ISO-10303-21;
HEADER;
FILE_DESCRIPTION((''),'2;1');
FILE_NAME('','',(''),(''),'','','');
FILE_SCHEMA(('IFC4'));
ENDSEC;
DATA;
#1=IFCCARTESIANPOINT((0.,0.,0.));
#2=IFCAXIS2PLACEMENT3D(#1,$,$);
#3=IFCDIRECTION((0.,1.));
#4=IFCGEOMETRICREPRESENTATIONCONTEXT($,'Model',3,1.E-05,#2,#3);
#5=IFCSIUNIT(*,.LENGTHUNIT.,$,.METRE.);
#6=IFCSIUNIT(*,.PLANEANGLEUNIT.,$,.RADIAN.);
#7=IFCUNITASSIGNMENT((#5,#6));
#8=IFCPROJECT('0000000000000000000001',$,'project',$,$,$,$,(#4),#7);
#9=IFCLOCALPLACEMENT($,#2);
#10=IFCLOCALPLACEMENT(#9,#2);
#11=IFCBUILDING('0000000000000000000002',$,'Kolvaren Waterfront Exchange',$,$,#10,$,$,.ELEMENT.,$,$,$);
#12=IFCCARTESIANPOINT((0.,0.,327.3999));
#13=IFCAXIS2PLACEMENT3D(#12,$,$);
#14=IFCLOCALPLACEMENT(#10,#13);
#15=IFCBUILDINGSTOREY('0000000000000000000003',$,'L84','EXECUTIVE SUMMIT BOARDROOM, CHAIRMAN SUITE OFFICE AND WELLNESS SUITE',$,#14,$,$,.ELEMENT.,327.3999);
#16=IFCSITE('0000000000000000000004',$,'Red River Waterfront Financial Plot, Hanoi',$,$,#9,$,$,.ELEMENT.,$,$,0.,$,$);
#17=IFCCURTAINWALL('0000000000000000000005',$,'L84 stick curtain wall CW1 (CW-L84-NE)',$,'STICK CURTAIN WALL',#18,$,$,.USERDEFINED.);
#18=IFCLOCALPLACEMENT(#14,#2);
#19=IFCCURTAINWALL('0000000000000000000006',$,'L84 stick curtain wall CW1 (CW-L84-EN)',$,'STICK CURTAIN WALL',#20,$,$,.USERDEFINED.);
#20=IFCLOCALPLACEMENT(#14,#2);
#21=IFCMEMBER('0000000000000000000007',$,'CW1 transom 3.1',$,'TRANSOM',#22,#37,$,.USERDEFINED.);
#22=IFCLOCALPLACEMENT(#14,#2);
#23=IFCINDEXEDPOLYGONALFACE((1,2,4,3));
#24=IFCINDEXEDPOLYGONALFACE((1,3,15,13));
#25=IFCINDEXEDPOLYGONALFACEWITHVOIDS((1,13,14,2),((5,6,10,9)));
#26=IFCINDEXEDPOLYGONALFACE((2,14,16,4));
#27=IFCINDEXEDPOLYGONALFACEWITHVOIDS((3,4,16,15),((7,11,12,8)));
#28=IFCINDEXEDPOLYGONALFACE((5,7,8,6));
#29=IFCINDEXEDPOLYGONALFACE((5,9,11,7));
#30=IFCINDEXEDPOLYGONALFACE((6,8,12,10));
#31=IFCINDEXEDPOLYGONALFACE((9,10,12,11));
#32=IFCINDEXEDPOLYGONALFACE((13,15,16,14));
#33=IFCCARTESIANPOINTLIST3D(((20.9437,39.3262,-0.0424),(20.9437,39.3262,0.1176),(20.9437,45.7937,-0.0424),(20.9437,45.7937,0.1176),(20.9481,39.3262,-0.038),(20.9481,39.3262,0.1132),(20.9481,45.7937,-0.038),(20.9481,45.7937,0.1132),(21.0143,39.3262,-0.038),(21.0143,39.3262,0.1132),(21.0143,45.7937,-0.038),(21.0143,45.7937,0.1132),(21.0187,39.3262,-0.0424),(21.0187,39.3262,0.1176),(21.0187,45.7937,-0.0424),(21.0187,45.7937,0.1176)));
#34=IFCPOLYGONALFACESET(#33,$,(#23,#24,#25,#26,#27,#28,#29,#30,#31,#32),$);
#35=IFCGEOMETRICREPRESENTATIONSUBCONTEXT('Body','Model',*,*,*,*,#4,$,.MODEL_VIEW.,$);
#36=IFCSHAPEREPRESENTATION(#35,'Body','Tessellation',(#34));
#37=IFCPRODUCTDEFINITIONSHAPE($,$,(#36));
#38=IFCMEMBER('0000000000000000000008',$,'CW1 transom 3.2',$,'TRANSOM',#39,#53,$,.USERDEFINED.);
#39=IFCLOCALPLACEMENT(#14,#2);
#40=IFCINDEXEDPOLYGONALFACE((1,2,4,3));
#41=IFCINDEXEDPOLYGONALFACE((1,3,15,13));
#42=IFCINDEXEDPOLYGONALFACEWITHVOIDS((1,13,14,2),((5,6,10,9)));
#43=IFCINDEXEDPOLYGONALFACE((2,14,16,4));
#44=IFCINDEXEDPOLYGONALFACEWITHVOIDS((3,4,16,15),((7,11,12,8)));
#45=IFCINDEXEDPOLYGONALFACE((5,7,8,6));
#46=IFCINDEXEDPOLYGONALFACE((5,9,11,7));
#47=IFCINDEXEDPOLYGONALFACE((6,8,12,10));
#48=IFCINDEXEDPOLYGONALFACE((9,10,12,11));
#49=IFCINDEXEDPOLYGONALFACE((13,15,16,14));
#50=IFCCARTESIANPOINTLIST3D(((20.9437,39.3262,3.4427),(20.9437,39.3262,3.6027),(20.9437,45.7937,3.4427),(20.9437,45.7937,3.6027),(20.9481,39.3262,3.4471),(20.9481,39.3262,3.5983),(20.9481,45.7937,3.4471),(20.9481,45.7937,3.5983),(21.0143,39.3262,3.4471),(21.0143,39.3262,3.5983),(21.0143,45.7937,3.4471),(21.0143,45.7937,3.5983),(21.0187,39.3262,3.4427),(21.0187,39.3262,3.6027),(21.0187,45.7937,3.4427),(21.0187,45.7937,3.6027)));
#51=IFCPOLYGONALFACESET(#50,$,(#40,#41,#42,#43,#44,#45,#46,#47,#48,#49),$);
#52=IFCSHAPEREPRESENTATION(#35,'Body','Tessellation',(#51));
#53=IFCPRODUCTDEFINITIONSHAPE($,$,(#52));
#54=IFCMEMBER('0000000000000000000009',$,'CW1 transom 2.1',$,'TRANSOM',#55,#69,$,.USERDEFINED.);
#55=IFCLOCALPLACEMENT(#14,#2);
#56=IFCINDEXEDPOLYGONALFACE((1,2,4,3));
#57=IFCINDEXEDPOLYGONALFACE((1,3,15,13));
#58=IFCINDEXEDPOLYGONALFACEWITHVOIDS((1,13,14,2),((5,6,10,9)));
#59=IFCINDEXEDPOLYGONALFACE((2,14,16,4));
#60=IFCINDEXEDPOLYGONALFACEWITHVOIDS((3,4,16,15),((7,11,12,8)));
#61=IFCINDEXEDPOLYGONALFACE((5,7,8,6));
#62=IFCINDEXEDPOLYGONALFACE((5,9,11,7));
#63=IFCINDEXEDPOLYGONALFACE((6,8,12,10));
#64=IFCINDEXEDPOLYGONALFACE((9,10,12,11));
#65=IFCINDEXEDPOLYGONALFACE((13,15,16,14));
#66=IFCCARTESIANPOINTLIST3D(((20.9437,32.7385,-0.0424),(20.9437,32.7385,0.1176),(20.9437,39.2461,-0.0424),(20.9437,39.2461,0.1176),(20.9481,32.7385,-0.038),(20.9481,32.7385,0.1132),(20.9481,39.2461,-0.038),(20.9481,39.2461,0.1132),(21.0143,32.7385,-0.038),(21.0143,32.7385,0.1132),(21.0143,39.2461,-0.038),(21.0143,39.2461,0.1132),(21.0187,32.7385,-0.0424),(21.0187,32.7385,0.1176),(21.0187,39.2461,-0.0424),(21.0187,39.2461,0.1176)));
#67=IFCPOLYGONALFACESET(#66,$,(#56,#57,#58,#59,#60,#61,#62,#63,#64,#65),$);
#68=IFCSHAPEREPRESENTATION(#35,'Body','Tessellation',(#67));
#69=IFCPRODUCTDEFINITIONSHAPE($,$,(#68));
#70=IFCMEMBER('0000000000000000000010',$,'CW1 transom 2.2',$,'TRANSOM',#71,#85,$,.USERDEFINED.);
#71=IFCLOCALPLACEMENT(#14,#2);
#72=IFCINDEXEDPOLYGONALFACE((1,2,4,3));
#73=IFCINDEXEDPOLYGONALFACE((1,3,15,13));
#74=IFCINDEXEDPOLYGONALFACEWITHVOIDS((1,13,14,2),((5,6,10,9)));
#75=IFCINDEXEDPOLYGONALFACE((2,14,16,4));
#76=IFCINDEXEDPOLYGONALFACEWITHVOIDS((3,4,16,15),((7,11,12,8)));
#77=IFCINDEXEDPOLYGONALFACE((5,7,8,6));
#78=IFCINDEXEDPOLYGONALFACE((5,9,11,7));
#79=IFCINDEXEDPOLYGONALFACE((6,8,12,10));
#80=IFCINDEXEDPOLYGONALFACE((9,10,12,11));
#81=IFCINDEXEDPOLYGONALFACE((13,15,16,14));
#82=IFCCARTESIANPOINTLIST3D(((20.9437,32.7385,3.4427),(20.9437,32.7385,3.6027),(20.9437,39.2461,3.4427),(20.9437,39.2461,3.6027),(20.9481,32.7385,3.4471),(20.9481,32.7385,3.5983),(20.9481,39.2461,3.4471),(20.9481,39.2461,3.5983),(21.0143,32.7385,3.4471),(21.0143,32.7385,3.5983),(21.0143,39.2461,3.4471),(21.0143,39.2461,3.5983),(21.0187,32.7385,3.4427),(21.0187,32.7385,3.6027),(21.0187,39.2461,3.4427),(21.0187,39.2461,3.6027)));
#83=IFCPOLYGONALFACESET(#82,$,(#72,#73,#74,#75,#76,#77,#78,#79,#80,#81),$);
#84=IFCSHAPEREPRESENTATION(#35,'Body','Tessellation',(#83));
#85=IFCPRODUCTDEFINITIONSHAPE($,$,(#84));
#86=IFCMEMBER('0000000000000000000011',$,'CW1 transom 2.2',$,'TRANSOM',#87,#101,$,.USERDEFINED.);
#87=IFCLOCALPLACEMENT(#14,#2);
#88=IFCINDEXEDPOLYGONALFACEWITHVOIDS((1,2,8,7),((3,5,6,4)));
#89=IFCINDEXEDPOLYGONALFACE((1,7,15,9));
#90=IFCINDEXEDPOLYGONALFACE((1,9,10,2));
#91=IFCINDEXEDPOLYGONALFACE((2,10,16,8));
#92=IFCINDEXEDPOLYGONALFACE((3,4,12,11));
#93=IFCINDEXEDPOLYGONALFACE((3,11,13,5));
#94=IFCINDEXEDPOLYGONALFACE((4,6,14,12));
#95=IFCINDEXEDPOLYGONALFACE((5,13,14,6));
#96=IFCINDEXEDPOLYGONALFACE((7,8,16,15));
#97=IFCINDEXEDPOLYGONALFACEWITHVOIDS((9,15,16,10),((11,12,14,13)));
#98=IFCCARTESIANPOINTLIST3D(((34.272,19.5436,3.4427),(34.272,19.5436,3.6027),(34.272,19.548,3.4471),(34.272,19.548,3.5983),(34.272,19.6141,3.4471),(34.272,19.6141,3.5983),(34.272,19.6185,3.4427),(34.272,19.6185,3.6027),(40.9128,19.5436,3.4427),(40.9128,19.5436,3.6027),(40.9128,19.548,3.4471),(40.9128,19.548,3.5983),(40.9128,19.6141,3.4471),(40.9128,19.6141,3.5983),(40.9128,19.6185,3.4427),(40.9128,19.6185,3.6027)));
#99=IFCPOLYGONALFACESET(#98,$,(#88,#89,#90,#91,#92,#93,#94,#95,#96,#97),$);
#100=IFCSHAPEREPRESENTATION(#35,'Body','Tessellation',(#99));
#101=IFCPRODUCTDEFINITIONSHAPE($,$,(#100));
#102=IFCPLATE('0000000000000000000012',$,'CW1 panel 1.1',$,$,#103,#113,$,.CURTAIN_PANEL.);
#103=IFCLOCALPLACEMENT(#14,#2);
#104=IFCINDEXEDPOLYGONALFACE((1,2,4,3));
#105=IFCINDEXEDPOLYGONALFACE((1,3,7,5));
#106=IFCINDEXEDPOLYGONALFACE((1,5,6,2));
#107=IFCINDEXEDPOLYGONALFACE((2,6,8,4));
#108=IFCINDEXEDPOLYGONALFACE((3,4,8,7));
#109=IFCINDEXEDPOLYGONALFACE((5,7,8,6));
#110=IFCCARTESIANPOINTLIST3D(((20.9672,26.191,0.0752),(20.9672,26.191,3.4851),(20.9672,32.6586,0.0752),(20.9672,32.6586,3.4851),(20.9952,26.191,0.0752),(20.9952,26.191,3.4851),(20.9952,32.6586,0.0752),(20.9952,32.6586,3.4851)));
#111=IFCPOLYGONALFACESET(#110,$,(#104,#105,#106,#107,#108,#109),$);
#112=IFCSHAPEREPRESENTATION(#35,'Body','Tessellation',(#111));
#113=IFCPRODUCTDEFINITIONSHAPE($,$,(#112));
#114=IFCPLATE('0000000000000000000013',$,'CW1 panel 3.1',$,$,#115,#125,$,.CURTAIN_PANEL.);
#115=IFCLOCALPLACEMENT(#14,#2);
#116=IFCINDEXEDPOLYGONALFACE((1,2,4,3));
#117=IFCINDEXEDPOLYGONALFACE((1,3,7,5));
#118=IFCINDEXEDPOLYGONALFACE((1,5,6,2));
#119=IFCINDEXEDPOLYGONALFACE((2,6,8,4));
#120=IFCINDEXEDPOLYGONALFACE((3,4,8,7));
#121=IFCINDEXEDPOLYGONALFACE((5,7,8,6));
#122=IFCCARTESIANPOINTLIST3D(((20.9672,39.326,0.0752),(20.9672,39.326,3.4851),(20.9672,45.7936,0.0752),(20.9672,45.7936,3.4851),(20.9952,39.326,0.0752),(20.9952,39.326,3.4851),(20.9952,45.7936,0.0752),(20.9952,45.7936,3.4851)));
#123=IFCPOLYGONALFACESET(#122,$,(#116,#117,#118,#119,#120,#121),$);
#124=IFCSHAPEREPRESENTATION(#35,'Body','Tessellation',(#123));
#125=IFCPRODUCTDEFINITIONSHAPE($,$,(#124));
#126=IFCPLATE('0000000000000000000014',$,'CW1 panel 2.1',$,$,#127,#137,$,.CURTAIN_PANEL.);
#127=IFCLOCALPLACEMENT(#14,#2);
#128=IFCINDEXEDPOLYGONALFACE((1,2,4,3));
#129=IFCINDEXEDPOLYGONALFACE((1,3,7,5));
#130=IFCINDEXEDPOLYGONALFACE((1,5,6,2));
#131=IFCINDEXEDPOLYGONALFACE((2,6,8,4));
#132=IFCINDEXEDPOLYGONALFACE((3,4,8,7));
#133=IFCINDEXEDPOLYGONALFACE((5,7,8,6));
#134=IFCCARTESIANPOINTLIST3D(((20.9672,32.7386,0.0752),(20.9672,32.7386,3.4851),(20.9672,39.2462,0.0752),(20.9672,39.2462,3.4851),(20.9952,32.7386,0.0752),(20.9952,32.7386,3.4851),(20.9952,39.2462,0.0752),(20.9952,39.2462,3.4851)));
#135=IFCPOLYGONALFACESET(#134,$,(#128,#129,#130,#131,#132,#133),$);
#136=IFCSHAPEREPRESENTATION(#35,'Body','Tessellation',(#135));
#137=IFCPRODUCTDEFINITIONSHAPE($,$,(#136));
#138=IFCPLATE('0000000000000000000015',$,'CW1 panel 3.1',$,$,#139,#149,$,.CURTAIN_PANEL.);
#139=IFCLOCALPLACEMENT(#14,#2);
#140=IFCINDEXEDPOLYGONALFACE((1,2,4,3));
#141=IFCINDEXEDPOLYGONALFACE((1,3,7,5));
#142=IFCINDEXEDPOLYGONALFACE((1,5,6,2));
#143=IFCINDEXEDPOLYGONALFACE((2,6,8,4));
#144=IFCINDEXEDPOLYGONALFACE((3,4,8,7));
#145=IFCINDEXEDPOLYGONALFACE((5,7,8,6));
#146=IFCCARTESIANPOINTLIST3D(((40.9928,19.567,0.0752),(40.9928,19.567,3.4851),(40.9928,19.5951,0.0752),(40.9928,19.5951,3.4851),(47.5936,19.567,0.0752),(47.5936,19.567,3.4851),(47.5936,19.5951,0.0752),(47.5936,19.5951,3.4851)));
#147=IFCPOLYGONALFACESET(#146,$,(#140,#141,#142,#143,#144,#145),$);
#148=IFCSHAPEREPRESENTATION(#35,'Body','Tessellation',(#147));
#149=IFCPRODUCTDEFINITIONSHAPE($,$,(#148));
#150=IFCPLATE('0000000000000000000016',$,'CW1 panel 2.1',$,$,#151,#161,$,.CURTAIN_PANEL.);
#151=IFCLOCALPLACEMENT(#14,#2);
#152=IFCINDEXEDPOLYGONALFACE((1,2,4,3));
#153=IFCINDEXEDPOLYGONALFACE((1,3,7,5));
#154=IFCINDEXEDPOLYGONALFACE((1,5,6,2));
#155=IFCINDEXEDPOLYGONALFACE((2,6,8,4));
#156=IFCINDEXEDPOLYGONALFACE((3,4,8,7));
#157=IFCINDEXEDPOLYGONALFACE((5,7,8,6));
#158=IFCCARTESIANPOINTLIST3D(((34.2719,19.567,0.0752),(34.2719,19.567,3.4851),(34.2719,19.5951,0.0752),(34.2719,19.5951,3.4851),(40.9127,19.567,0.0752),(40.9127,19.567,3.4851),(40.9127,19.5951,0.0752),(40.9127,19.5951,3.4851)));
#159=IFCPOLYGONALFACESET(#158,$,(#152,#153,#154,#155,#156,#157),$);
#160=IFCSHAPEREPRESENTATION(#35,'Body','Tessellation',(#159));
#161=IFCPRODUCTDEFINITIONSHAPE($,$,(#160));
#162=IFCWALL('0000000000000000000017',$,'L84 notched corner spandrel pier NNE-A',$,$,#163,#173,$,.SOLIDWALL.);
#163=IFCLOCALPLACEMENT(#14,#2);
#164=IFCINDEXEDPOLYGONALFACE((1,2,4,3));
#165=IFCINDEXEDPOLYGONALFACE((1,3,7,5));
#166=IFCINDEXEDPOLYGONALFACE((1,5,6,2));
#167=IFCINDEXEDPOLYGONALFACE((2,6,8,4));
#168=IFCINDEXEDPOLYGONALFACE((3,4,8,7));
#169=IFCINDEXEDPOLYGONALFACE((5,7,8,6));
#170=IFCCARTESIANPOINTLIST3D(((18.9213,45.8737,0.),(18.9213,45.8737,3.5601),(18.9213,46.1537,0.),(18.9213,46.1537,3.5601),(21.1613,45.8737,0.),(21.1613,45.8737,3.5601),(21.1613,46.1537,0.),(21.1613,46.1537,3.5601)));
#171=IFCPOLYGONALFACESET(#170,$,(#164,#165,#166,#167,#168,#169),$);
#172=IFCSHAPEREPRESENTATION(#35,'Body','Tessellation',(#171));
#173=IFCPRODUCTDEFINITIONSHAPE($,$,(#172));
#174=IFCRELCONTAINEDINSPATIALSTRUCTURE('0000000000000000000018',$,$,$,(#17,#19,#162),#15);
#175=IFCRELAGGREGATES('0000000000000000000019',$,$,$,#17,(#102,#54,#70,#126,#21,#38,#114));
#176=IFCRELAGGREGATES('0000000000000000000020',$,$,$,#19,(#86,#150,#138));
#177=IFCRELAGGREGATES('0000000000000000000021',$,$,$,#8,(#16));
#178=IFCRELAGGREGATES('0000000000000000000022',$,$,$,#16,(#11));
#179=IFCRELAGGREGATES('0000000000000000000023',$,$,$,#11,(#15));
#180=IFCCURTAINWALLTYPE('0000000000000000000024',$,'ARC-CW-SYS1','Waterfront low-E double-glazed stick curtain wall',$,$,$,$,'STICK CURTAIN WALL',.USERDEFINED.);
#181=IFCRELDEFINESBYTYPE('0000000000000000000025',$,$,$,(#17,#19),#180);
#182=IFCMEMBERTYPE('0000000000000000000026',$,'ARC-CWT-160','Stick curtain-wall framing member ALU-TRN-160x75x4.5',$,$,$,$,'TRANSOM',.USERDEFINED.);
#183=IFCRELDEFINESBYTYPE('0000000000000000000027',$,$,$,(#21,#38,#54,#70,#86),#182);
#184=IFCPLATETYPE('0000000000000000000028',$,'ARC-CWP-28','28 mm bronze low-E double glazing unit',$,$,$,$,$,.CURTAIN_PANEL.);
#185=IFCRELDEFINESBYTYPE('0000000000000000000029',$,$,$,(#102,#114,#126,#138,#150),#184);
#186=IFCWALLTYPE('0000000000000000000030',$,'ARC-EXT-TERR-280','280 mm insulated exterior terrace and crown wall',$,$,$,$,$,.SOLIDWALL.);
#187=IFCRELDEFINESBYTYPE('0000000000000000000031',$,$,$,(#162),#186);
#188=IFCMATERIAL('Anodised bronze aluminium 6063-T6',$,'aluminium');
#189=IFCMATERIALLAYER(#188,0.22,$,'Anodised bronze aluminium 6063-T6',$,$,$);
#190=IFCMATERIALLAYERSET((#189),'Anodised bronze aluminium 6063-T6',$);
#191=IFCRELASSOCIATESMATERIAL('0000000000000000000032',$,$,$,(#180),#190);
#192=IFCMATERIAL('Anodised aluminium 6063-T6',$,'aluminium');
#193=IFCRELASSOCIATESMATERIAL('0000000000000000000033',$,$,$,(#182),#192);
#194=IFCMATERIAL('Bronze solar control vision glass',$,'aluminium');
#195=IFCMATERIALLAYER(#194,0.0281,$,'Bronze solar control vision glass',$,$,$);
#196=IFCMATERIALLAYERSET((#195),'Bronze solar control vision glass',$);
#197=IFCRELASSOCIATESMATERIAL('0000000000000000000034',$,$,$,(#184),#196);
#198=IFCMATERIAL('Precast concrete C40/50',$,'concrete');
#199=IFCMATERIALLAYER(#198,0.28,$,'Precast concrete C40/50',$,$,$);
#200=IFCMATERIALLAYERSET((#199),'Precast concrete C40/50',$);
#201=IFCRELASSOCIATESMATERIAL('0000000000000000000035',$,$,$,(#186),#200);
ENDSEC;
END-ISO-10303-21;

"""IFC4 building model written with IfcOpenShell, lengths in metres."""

from ifc_helpers import new_model, si_unit, direction, frame, frame_2d, origin, origin_with_axes, origin_2d, place, context, subcontext, project, spatial, rectangle, hollow_rectangle, extrude, source, transform, mapped, material, layer, layer_set, material_profile, profile_set, type_object, element, aggregate, save


model = new_model("IFC4")

# Units and contexts
model_context = context("Model", 3, precision=1e-05, world=origin(), true_north=direction((0.0, 1.0)))
body_context = subcontext(model_context, "Body", "Model", "MODEL_VIEW")
ifc_project = project(units=[si_unit("LENGTHUNIT", "METRE"), si_unit("PLANEANGLEUNIT", "RADIAN")], contexts=[model_context])

# Site, building, storey
site_placement = place(None, origin())
site = spatial("IfcSite", under=ifc_project, at=site_placement, Name="Red River Waterfront Financial Plot, Hanoi", CompositionType="ELEMENT", RefElevation=0.0)
building_placement = place(site_placement, origin())
building = spatial("IfcBuilding", under=site, at=building_placement, Name="Kolvaren Waterfront Exchange", CompositionType="ELEMENT")
storey_placement = place(building_placement, frame((0.0, 0.0, 327.3999)))
storey = spatial("IfcBuildingStorey", under=building, at=storey_placement, Name="L84", Description="EXECUTIVE SUMMIT BOARDROOM, CHAIRMAN SUITE OFFICE AND WELLNESS SUITE", CompositionType="ELEMENT", Elevation=327.3999)

# Curtain walls
ifc_material_1 = material(Name="Anodised bronze aluminium 6063-T6", Category="aluminium")
ifc_layer_1 = layer(ifc_material_1, 0.22, Name="Anodised bronze aluminium 6063-T6")
ifc_layer_set_1 = layer_set([ifc_layer_1], Name="Anodised bronze aluminium 6063-T6")
curtain_wall_type = type_object("IfcCurtainWallType", Name="ARC-CW-SYS1", Description="Waterfront low-E double-glazed stick curtain wall", ElementType="STICK CURTAIN WALL", PredefinedType="USERDEFINED", material=ifc_layer_set_1)
curtain_wall_1_placement = place(storey_placement, origin())
curtain_wall_1 = element("IfcCurtainWall", 1, at=curtain_wall_1_placement, inside=storey, type_object=curtain_wall_type, Name="L84 stick curtain wall CW1 (CW-L84-NE)", ObjectType="STICK CURTAIN WALL", PredefinedType="USERDEFINED")
ifc_material_2 = material(Name="Anodised aluminium 6063-T6", Category="aluminium")
curtain_wall_2_placement = place(storey_placement, origin())
curtain_wall_2 = element("IfcCurtainWall", 2, at=curtain_wall_2_placement, inside=storey, type_object=curtain_wall_type, Name="L84 stick curtain wall CW1 (CW-L84-EN)", ObjectType="STICK CURTAIN WALL", PredefinedType="USERDEFINED")
ifc_material_profile_1 = material_profile(ifc_material_2, hollow_rectangle(XDim=0.075, YDim=0.1599, WallThickness=0.0044, at=origin_2d()), Name="ALU-TRN-160x75x4.5")
ifc_profile_set_1 = profile_set([ifc_material_profile_1], Name="Anodised aluminium 6063-T6")
member_type_1 = type_object("IfcMemberType", Name="ARC-CWT-160", Description="Stick curtain-wall framing member ALU-TRN-160x75x4.5", ElementType="TRANSOM", PredefinedType="USERDEFINED", material=ifc_profile_set_1)

# Members
shared_shape_1 = source(origin_with_axes(), body_context, "Body", "SweptSolid", [
    extrude(hollow_rectangle(XDim=0.075, YDim=0.1599, WallThickness=0.0044, at=origin_2d()), origin(), (0.0, 0.0, 1.0), 6.4675),
])
member_1_placement = place(storey_placement, frame((20.9812, 39.3262, 0.0376), z_axis=(0.0, 1.0, 0.0), x_axis=(-1.0, 0.0, 0.0)))
member_1 = element("IfcMember", 3, at=member_1_placement, type_object=member_type_1, Name="CW1 transom 3.1", ObjectType="TRANSOM", PredefinedType="USERDEFINED", context=body_context, shape_type="MappedRepresentation", body=[
    mapped(shared_shape_1, transform((0.0, 0.0, 0.0), x_axis=(1.0, 0.0, 0.0), y_axis=(0.0, 1.0, 0.0), z_axis=(0.0, 0.0, 1.0), scale=1.0)),
])
member_2_placement = place(storey_placement, frame((20.9812, 39.3262, 3.5227), z_axis=(0.0, 1.0, 0.0), x_axis=(-1.0, 0.0, 0.0)))
member_2 = element("IfcMember", 4, at=member_2_placement, type_object=member_type_1, Name="CW1 transom 3.2", ObjectType="TRANSOM", PredefinedType="USERDEFINED", context=body_context, shape_type="MappedRepresentation", body=[
    mapped(shared_shape_1, transform((0.0, 0.0, 0.0), x_axis=(1.0, 0.0, 0.0), y_axis=(0.0, 1.0, 0.0), z_axis=(0.0, 0.0, 1.0), scale=1.0)),
])
shared_shape_2 = source(origin_with_axes(), body_context, "Body", "SweptSolid", [
    extrude(hollow_rectangle(XDim=0.075, YDim=0.1599, WallThickness=0.0044, at=origin_2d()), origin(), (0.0, 0.0, 1.0), 6.5076),
])
member_3_placement = place(storey_placement, frame((20.9812, 32.7385, 0.0376), z_axis=(0.0, 1.0, 0.0), x_axis=(-1.0, 0.0, 0.0)))
member_3 = element("IfcMember", 5, at=member_3_placement, type_object=member_type_1, Name="CW1 transom 2.1", ObjectType="TRANSOM", PredefinedType="USERDEFINED", context=body_context, shape_type="MappedRepresentation", body=[
    mapped(shared_shape_2, transform((0.0, 0.0, 0.0), x_axis=(1.0, 0.0, 0.0), y_axis=(0.0, 1.0, 0.0), z_axis=(0.0, 0.0, 1.0), scale=1.0)),
])
member_4_placement = place(storey_placement, frame((20.9812, 32.7385, 3.5227), z_axis=(0.0, 1.0, 0.0), x_axis=(-1.0, 0.0, 0.0)))
member_4 = element("IfcMember", 6, at=member_4_placement, type_object=member_type_1, Name="CW1 transom 2.2", ObjectType="TRANSOM", PredefinedType="USERDEFINED", context=body_context, shape_type="MappedRepresentation", body=[
    mapped(shared_shape_2, transform((0.0, 0.0, 0.0), x_axis=(1.0, 0.0, 0.0), y_axis=(0.0, 1.0, 0.0), z_axis=(0.0, 0.0, 1.0), scale=1.0)),
])
shared_shape_3 = source(origin_with_axes(), body_context, "Body", "SweptSolid", [
    extrude(hollow_rectangle(XDim=0.075, YDim=0.1599, WallThickness=0.0044, at=origin_2d()), origin(), (0.0, 0.0, 1.0), 6.6409),
])
member_5_placement = place(storey_placement, frame((34.272, 19.5811, 3.5227), z_axis=(1.0, 0.0, 0.0), x_axis=(0.0, 1.0, 0.0)))
member_5 = element("IfcMember", 7, at=member_5_placement, type_object=member_type_1, Name="CW1 transom 2.2", ObjectType="TRANSOM", PredefinedType="USERDEFINED", context=body_context, shape_type="MappedRepresentation", body=[
    mapped(shared_shape_3, transform((0.0, 0.0, 0.0), x_axis=(1.0, 0.0, 0.0), y_axis=(0.0, 1.0, 0.0), z_axis=(0.0, 0.0, 1.0), scale=1.0)),
])

# Plates
ifc_material_3 = material(Name="Bronze solar control vision glass", Category="aluminium")
ifc_layer_2 = layer(ifc_material_3, 0.0281, Name="Bronze solar control vision glass")
ifc_layer_set_2 = layer_set([ifc_layer_2], Name="Bronze solar control vision glass")
plate_type = type_object("IfcPlateType", Name="ARC-CWP-28", Description="28 mm bronze low-E double glazing unit", PredefinedType="CURTAIN_PANEL", material=ifc_layer_set_2)
shared_shape_4 = source(origin_with_axes(), body_context, "Body", "SweptSolid", [
    extrude(rectangle(XDim=6.4675, YDim=0.0281, at=origin_2d()), origin(), (0.0, 0.0, 1.0), 3.4099),
])
plate_1_placement = place(storey_placement, frame((20.9812, 29.4248, 0.0752), z_axis=(0.0, 0.0, 1.0), x_axis=(0.0, 1.0, 0.0)))
plate_1 = element("IfcPlate", 8, at=plate_1_placement, type_object=plate_type, Name="CW1 panel 1.1", PredefinedType="CURTAIN_PANEL", context=body_context, shape_type="MappedRepresentation", body=[
    mapped(shared_shape_4, transform((0.0, 0.0, 0.0), x_axis=(1.0, 0.0, 0.0), y_axis=(0.0, 1.0, 0.0), z_axis=(0.0, 0.0, 1.0), scale=1.0)),
])
plate_2_placement = place(storey_placement, frame((20.9812, 42.5598, 0.0752), z_axis=(0.0, 0.0, 1.0), x_axis=(0.0, 1.0, 0.0)))
plate_2 = element("IfcPlate", 9, at=plate_2_placement, type_object=plate_type, Name="CW1 panel 3.1", PredefinedType="CURTAIN_PANEL", context=body_context, shape_type="MappedRepresentation", body=[
    mapped(shared_shape_4, transform((0.0, 0.0, 0.0), x_axis=(1.0, 0.0, 0.0), y_axis=(0.0, 1.0, 0.0), z_axis=(0.0, 0.0, 1.0), scale=1.0)),
])
shared_shape_5 = source(origin_with_axes(), body_context, "Body", "SweptSolid", [
    extrude(rectangle(XDim=6.5076, YDim=0.0281, at=origin_2d()), origin(), (0.0, 0.0, 1.0), 3.4099),
])
plate_3_placement = place(storey_placement, frame((20.9812, 35.9924, 0.0752), z_axis=(0.0, 0.0, 1.0), x_axis=(0.0, 1.0, 0.0)))
plate_3 = element("IfcPlate", 10, at=plate_3_placement, type_object=plate_type, Name="CW1 panel 2.1", PredefinedType="CURTAIN_PANEL", context=body_context, shape_type="MappedRepresentation", body=[
    mapped(shared_shape_5, transform((0.0, 0.0, 0.0), x_axis=(1.0, 0.0, 0.0), y_axis=(0.0, 1.0, 0.0), z_axis=(0.0, 0.0, 1.0), scale=1.0)),
])
aggregate(curtain_wall_1, [plate_1, member_3, member_4, plate_3, member_1, member_2, plate_2])
shared_shape_6 = source(origin_with_axes(), body_context, "Body", "SweptSolid", [
    extrude(rectangle(XDim=6.6008, YDim=0.0281, at=origin_2d()), origin(), (0.0, 0.0, 1.0), 3.4099),
])
plate_4_placement = place(storey_placement, frame((44.2932, 19.5811, 0.0752), z_axis=(0.0, 0.0, 1.0), x_axis=(1.0, 0.0, 0.0)))
plate_4 = element("IfcPlate", 11, at=plate_4_placement, type_object=plate_type, Name="CW1 panel 3.1", PredefinedType="CURTAIN_PANEL", context=body_context, shape_type="MappedRepresentation", body=[
    mapped(shared_shape_6, transform((0.0, 0.0, 0.0), x_axis=(1.0, 0.0, 0.0), y_axis=(0.0, 1.0, 0.0), z_axis=(0.0, 0.0, 1.0), scale=1.0)),
])
shared_shape_7 = source(origin_with_axes(), body_context, "Body", "SweptSolid", [
    extrude(rectangle(XDim=6.6409, YDim=0.0281, at=origin_2d()), origin(), (0.0, 0.0, 1.0), 3.4099),
])
plate_5_placement = place(storey_placement, frame((37.5923, 19.5811, 0.0752), z_axis=(0.0, 0.0, 1.0), x_axis=(1.0, 0.0, 0.0)))
plate_5 = element("IfcPlate", 12, at=plate_5_placement, type_object=plate_type, Name="CW1 panel 2.1", PredefinedType="CURTAIN_PANEL", context=body_context, shape_type="MappedRepresentation", body=[
    mapped(shared_shape_7, transform((0.0, 0.0, 0.0), x_axis=(1.0, 0.0, 0.0), y_axis=(0.0, 1.0, 0.0), z_axis=(0.0, 0.0, 1.0), scale=1.0)),
])
aggregate(curtain_wall_2, [member_5, plate_5, plate_4])

# Wall
ifc_material_4 = material(Name="Precast concrete C40/50", Category="concrete")
ifc_layer_3 = layer(ifc_material_4, 0.28, Name="Precast concrete C40/50")
ifc_layer_set_3 = layer_set([ifc_layer_3], Name="Precast concrete C40/50")
wall_type = type_object("IfcWallType", Name="ARC-EXT-TERR-280", Description="280 mm insulated exterior terrace and crown wall", PredefinedType="SOLIDWALL", material=ifc_layer_set_3)
wall_1_placement = place(storey_placement, frame((18.9211, 46.0137, 0.0), z_axis=(0.0, 0.0, 1.0), x_axis=(1.0, 0.0, 0.0)))
element("IfcWall", 13, at=wall_1_placement, inside=storey, type_object=wall_type, Name="L84 notched corner spandrel pier NNE-A", PredefinedType="SOLIDWALL", context=body_context, shape_type="SweptSolid", body=[
    extrude(rectangle(XDim=2.24, YDim=0.28, at=frame_2d((1.1201, 0.0))), origin(), (0.0, 0.0, 1.0), 3.5601),
])

save(model, "model.ifc")
